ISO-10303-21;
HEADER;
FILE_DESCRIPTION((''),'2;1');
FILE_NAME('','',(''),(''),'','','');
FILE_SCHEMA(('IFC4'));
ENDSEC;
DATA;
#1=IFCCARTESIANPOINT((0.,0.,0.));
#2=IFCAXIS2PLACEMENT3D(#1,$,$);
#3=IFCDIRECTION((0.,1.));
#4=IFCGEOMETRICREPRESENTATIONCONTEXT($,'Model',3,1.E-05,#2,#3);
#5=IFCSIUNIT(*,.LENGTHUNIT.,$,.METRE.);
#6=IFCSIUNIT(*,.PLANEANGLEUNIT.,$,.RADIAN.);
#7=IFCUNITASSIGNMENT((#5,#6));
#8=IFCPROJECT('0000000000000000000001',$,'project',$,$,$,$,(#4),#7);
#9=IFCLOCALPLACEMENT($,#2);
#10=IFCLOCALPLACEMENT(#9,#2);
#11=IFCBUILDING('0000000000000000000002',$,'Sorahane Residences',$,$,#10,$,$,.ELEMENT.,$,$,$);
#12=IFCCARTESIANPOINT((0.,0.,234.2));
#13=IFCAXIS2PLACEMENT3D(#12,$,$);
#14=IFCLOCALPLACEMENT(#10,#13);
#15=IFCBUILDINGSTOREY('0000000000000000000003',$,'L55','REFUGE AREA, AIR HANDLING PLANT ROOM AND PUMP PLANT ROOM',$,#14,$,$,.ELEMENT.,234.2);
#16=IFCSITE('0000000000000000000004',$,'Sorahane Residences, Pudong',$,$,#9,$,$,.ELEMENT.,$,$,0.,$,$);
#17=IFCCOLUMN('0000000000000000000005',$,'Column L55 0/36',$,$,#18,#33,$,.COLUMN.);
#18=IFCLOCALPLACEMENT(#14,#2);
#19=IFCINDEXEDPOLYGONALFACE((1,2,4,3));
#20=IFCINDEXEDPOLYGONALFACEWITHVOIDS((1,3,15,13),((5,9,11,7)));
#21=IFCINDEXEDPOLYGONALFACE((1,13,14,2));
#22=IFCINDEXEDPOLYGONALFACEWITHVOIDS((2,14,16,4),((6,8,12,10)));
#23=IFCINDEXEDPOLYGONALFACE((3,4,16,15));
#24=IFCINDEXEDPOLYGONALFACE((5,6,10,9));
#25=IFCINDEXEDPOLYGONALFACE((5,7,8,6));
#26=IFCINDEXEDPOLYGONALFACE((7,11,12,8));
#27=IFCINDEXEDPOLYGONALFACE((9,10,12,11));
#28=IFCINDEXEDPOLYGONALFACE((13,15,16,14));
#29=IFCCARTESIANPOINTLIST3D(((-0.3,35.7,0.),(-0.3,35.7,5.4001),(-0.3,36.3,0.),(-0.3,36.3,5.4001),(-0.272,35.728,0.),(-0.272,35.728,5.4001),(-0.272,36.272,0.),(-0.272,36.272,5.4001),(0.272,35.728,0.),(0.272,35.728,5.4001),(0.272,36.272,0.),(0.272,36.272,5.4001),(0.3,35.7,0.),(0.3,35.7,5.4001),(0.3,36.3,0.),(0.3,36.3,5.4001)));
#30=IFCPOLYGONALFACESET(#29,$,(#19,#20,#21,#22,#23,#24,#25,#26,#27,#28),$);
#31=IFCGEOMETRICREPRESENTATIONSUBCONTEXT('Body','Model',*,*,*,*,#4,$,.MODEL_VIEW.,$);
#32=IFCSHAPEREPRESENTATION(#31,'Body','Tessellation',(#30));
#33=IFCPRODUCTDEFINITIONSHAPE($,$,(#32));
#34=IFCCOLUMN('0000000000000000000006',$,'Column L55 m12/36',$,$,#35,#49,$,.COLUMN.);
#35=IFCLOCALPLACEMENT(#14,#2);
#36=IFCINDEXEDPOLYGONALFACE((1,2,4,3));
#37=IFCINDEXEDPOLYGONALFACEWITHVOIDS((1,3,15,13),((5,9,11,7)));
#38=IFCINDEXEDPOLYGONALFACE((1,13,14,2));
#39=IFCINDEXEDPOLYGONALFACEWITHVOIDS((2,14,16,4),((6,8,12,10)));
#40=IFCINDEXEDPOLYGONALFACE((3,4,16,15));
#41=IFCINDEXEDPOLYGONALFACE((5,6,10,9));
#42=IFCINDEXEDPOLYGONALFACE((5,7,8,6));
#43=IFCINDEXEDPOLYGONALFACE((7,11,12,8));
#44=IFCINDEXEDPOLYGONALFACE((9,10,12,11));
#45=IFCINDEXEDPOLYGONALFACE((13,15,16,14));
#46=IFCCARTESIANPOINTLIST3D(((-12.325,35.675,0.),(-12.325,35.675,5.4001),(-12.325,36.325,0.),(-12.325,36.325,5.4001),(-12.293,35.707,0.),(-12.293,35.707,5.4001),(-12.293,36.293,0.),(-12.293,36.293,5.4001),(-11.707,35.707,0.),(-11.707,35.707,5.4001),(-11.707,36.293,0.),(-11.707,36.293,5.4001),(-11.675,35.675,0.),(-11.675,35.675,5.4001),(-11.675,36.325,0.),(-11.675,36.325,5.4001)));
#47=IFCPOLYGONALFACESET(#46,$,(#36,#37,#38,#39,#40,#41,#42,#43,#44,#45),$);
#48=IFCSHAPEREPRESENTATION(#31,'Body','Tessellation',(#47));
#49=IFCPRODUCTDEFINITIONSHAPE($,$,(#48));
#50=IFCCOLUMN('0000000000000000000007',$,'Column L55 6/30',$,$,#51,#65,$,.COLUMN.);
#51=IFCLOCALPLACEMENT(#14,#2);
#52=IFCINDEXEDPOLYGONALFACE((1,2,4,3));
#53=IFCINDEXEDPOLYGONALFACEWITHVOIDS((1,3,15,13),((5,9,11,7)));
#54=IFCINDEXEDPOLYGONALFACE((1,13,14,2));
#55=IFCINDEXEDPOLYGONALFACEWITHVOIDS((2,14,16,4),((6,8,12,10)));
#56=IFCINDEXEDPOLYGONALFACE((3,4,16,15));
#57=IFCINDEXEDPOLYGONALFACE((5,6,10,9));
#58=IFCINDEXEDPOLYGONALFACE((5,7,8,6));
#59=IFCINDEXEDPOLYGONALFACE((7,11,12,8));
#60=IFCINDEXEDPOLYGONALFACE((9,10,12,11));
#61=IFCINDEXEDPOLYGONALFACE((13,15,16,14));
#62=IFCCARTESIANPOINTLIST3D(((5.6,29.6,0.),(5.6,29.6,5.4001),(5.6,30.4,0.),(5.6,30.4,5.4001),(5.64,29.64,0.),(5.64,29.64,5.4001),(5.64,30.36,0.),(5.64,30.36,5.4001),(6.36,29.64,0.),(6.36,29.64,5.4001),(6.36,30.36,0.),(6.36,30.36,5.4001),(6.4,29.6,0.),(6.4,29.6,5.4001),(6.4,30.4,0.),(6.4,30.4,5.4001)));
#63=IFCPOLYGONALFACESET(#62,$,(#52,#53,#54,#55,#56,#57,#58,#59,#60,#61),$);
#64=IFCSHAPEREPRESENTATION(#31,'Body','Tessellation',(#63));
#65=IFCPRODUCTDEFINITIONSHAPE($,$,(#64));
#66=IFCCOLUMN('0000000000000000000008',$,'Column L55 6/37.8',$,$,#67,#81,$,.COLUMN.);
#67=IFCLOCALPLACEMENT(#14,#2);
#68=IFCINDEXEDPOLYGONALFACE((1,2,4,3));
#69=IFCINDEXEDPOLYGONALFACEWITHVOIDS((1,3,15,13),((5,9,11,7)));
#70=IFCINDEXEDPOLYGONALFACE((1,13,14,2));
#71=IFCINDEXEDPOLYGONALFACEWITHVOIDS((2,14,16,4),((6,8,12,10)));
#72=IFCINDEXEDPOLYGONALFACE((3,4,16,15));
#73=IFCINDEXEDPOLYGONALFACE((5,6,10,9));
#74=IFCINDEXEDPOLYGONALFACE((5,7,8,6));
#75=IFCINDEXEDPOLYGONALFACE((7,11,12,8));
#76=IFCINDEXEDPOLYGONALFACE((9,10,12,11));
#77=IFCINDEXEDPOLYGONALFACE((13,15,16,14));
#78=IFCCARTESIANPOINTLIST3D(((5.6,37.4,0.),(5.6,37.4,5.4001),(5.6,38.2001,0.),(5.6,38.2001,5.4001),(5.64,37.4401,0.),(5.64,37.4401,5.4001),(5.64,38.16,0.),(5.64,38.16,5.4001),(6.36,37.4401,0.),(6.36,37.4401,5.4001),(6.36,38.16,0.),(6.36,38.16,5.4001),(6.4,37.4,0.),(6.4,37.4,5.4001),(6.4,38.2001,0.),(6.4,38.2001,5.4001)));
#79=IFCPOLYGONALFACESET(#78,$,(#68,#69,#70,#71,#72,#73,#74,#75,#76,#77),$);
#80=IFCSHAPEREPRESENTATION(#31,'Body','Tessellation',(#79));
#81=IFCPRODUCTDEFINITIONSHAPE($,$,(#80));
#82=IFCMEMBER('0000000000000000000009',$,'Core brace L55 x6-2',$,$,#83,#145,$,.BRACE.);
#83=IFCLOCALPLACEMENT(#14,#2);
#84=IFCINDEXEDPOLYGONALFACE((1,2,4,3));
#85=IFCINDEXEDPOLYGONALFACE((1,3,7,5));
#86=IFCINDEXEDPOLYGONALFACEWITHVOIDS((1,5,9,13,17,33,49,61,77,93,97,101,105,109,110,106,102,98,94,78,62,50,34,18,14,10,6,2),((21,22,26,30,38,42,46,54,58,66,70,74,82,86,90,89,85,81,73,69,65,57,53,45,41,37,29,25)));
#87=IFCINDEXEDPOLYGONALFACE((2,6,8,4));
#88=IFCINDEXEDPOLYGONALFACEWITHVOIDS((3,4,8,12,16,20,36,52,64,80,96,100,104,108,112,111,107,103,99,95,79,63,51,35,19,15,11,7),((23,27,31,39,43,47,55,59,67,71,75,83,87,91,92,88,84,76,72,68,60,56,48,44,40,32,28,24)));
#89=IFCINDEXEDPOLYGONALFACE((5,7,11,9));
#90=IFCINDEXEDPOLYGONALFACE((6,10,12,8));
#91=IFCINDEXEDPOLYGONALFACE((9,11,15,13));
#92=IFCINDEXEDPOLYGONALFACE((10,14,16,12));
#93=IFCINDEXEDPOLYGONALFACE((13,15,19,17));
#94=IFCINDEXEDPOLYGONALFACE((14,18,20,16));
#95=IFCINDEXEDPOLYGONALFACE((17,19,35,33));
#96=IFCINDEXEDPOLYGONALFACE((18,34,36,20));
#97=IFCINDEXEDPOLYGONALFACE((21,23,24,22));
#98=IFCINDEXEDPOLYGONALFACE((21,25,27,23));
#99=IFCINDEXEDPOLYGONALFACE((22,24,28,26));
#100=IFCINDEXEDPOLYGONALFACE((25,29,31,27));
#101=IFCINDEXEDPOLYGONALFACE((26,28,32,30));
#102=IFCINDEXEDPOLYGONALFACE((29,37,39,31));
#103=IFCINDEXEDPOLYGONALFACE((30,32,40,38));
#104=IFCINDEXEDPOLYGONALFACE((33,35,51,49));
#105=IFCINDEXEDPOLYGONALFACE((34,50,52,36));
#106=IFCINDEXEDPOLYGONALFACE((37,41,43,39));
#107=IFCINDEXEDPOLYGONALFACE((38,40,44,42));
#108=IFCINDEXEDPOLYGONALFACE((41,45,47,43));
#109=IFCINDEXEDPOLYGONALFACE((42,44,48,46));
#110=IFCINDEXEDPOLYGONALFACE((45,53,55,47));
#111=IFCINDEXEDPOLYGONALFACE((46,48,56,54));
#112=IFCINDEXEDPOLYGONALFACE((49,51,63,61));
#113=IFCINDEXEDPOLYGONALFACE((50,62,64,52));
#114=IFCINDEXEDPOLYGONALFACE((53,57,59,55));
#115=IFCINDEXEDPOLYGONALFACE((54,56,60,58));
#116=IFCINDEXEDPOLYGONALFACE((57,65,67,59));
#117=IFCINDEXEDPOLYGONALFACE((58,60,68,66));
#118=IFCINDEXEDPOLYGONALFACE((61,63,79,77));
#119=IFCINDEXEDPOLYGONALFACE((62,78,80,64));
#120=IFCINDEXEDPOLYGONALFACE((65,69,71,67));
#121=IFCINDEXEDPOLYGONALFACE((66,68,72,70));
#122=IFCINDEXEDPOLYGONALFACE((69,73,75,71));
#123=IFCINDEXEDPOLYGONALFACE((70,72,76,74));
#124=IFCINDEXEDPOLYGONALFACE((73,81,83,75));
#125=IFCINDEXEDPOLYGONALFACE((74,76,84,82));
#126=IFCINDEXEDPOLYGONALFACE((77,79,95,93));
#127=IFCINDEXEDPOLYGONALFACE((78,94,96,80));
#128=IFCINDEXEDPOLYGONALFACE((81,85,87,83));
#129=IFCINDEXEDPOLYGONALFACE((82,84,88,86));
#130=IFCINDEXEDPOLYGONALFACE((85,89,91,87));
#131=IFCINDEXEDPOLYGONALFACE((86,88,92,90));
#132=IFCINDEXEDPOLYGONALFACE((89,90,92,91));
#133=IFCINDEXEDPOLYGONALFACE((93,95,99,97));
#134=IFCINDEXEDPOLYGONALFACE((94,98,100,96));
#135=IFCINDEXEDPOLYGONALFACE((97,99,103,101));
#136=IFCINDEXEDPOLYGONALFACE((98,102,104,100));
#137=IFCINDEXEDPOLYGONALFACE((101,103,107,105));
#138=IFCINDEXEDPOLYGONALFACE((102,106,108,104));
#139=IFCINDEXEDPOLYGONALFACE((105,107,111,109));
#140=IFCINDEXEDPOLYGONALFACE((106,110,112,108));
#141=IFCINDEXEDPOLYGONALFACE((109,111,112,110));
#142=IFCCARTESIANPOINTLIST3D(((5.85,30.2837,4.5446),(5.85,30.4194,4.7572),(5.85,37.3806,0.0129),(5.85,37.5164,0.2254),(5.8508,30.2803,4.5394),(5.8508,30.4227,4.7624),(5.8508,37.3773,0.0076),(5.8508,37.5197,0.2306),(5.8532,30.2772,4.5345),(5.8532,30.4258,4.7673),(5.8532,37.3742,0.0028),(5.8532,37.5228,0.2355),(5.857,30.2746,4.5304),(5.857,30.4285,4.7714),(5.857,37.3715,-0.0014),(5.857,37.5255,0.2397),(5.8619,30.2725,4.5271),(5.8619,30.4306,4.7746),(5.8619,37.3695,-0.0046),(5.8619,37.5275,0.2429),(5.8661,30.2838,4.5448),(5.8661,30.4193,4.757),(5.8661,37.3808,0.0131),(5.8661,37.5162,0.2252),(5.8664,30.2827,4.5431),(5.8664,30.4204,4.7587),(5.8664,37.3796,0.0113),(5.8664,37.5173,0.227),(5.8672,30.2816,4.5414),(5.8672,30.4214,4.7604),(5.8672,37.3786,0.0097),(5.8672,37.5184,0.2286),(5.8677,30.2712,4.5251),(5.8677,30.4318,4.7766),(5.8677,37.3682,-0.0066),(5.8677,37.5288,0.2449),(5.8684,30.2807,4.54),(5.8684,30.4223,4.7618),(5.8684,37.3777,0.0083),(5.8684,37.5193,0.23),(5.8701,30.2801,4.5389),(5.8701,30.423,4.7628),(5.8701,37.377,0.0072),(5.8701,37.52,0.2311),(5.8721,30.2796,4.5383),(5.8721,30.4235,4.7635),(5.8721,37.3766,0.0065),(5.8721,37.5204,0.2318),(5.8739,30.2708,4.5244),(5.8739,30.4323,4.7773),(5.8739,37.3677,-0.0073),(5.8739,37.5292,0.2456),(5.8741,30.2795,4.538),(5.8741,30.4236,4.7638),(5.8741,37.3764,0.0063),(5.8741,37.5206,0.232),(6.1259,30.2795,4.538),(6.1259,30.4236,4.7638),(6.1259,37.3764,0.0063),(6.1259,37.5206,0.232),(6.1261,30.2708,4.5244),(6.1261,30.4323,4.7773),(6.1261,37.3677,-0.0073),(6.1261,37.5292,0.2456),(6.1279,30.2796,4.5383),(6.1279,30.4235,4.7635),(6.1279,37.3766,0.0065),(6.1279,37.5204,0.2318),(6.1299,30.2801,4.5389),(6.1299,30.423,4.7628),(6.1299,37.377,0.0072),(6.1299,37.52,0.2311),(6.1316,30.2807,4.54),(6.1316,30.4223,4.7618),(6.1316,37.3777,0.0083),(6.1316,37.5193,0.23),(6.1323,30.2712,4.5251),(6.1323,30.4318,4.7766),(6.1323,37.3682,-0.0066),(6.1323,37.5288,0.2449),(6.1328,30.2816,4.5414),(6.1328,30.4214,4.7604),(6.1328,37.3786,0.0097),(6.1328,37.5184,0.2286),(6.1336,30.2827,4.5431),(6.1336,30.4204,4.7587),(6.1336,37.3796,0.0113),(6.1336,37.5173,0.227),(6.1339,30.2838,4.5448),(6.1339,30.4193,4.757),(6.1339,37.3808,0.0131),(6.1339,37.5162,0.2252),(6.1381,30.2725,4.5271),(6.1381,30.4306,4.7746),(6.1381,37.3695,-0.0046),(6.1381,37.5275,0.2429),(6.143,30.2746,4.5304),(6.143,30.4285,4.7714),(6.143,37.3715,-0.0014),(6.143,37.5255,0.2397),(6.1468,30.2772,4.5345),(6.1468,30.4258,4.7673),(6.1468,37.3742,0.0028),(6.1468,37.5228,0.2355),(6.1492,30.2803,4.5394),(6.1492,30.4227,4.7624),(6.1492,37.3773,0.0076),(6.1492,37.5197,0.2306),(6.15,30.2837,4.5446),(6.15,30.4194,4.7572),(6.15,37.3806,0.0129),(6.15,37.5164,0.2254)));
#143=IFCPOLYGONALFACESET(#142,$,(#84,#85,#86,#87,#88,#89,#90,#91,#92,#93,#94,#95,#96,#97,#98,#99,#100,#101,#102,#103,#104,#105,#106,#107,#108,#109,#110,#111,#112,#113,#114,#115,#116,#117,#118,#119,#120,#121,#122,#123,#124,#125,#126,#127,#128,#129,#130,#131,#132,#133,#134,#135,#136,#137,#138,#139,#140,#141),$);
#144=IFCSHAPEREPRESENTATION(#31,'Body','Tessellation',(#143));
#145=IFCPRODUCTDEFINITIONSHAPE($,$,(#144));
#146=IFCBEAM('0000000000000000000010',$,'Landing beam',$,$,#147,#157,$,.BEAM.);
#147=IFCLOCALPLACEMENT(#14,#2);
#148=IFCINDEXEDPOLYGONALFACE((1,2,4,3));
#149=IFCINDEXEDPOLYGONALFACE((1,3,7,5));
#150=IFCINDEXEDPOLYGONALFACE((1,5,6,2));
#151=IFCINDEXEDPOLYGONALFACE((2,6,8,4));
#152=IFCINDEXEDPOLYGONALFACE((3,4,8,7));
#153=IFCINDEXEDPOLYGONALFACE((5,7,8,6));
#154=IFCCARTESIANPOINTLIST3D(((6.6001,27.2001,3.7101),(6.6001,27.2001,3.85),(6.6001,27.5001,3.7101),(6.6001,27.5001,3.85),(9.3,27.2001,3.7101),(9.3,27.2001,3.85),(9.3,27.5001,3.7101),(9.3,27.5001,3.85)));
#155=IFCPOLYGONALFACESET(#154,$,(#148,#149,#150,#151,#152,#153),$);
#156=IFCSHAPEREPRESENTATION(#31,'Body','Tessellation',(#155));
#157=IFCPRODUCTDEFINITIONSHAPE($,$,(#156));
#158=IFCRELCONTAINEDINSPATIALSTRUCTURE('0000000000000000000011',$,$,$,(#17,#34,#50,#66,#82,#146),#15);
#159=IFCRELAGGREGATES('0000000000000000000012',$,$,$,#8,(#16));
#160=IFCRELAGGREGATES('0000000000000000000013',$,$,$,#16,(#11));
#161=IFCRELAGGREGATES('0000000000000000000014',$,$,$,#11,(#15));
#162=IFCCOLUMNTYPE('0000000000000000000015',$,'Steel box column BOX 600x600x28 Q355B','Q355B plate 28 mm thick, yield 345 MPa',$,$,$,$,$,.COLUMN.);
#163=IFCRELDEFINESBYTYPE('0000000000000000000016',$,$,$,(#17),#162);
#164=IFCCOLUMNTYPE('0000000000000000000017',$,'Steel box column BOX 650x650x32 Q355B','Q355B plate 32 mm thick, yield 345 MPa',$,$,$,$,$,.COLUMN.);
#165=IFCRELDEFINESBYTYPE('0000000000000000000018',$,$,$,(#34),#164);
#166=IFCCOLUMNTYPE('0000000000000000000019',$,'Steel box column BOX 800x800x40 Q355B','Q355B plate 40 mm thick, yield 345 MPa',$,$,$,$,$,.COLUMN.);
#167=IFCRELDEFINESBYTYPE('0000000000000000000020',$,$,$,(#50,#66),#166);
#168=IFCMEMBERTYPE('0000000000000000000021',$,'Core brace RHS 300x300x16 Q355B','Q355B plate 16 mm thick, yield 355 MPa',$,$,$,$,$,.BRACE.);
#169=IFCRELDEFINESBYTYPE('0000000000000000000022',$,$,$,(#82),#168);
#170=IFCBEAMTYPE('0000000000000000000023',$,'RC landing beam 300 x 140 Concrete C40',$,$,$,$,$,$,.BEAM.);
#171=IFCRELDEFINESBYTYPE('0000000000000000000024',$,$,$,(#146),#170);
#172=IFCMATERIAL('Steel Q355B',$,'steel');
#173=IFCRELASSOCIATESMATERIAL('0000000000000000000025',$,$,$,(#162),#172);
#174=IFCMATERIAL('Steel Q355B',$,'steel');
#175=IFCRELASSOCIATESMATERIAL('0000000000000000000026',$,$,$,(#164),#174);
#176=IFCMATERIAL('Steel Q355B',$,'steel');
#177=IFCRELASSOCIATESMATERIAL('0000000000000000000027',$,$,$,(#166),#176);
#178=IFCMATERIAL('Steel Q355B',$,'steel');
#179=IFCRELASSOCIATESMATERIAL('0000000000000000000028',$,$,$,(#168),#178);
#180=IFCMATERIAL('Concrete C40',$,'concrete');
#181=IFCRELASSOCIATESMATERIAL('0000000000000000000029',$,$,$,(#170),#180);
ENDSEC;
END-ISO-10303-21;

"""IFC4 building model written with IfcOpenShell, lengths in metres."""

from ifc_helpers import new_model, si_unit, direction, frame, origin, origin_2d, place, context, subcontext, project, spatial, rectangle, hollow_rectangle, extrude, material, material_profile, profile_set, type_object, element, save


model = new_model("IFC4")

# Units and contexts
model_context = context("Model", 3, precision=1e-05, world=origin(), true_north=direction((0.0, 1.0)))
body_context = subcontext(model_context, "Body", "Model", "MODEL_VIEW")
ifc_project = project(units=[si_unit("LENGTHUNIT", "METRE"), si_unit("PLANEANGLEUNIT", "RADIAN")], contexts=[model_context])

# Site, building, storey
site_placement = place(None, origin())
site = spatial("IfcSite", under=ifc_project, at=site_placement, Name="Sorahane Residences, Pudong", CompositionType="ELEMENT", RefElevation=0.0)
building_placement = place(site_placement, origin())
building = spatial("IfcBuilding", under=site, at=building_placement, Name="Sorahane Residences", CompositionType="ELEMENT")
storey_placement = place(building_placement, frame((0.0, 0.0, 234.2)))
storey = spatial("IfcBuildingStorey", under=building, at=storey_placement, Name="L55", Description="REFUGE AREA, AIR HANDLING PLANT ROOM AND PUMP PLANT ROOM", CompositionType="ELEMENT", Elevation=234.2)

# Columns
ifc_material_1 = material(Name="Steel Q355B", Category="steel")
ifc_material_profile_1 = material_profile(ifc_material_1, hollow_rectangle(XDim=0.6001, YDim=0.6001, WallThickness=0.0281, at=origin_2d()), Name="BOX 600x600x28")
ifc_profile_set_1 = profile_set([ifc_material_profile_1], Name="Steel Q355B")
column_type_1 = type_object("IfcColumnType", Name="Steel box column BOX 600x600x28 Q355B", Description="Q355B plate 28 mm thick, yield 345 MPa", PredefinedType="COLUMN", material=ifc_profile_set_1)
column_1_placement = place(storey_placement, frame((0.0, 36.0, 0.0), z_axis=(0.0, 0.0, 1.0), x_axis=(1.0, 0.0, 0.0)))
element("IfcColumn", 1, at=column_1_placement, inside=storey, type_object=column_type_1, Name="Column L55 0/36", PredefinedType="COLUMN", context=body_context, shape_type="SweptSolid", body=[
    extrude(hollow_rectangle(XDim=0.6001, YDim=0.6001, WallThickness=0.0281, at=origin_2d()), origin(), (0.0, 0.0, 1.0), 5.4001),
])
ifc_material_2 = material(Name="Steel Q355B", Category="steel")
ifc_material_profile_2 = material_profile(ifc_material_2, hollow_rectangle(XDim=0.6499, YDim=0.6499, WallThickness=0.032, at=origin_2d()), Name="BOX 650x650x32")
ifc_profile_set_2 = profile_set([ifc_material_profile_2], Name="Steel Q355B")
column_type_2 = type_object("IfcColumnType", Name="Steel box column BOX 650x650x32 Q355B", Description="Q355B plate 32 mm thick, yield 345 MPa", PredefinedType="COLUMN", material=ifc_profile_set_2)
column_2_placement = place(storey_placement, frame((-12.0, 36.0, 0.0), z_axis=(0.0, 0.0, 1.0), x_axis=(1.0, 0.0, 0.0)))
element("IfcColumn", 2, at=column_2_placement, inside=storey, type_object=column_type_2, Name="Column L55 m12/36", PredefinedType="COLUMN", context=body_context, shape_type="SweptSolid", body=[
    extrude(hollow_rectangle(XDim=0.6499, YDim=0.6499, WallThickness=0.032, at=origin_2d()), origin(), (0.0, 0.0, 1.0), 5.4001),
])
ifc_material_3 = material(Name="Steel Q355B", Category="steel")
ifc_material_profile_3 = material_profile(ifc_material_3, hollow_rectangle(XDim=0.8, YDim=0.8, WallThickness=0.04, at=origin_2d()), Name="BOX 800x800x40")
ifc_profile_set_3 = profile_set([ifc_material_profile_3], Name="Steel Q355B")
column_type_3 = type_object("IfcColumnType", Name="Steel box column BOX 800x800x40 Q355B", Description="Q355B plate 40 mm thick, yield 345 MPa", PredefinedType="COLUMN", material=ifc_profile_set_3)
for number, where, z_axis, x_axis, name in (
    (3, (6.0, 30.0, 0.0), (0.0, 0.0, 1.0), (1.0, 0.0, 0.0), "Column L55 6/30"),
    (4, (6.0, 37.8, 0.0), (0.0, 0.0, 1.0), (1.0, 0.0, 0.0), "Column L55 6/37.8"),
):
    element("IfcColumn", number, at=place(storey_placement, frame(where, z_axis=z_axis, x_axis=x_axis)), inside=storey, type_object=column_type_3, Name=name, PredefinedType="COLUMN", context=body_context, shape_type="SweptSolid", body=[
        extrude(hollow_rectangle(XDim=0.8, YDim=0.8, WallThickness=0.04, at=origin_2d()), origin(), (0.0, 0.0, 1.0), 5.4001),
    ])

# Member
ifc_material_4 = material(Name="Steel Q355B", Category="steel")
ifc_material_profile_4 = material_profile(ifc_material_4, hollow_rectangle(XDim=0.3, YDim=0.3, WallThickness=0.0161, InnerFilletRadius=0.0081, OuterFilletRadius=0.0239, at=origin_2d()), Name="RHS 300x300x16")
ifc_profile_set_4 = profile_set([ifc_material_profile_4], Name="Steel Q355B")
member_type = type_object("IfcMemberType", Name="Core brace RHS 300x300x16 Q355B", Description="Q355B plate 16 mm thick, yield 355 MPa", PredefinedType="BRACE", material=ifc_profile_set_4)
member_placement = place(storey_placement, frame((6.0, 37.4485, 0.1191), z_axis=(0.0, -0.842826, 0.538186), x_axis=(1.0, 0.0, 0.0)))
element("IfcMember", 5, at=member_placement, inside=storey, type_object=member_type, Name="Core brace L55 x6-2", PredefinedType="BRACE", context=body_context, shape_type="SweptSolid", body=[
    extrude(hollow_rectangle(XDim=0.3, YDim=0.3, WallThickness=0.0161, InnerFilletRadius=0.0081, OuterFilletRadius=0.0239, at=origin_2d()), origin(), (0.0, 0.0, 1.0), 8.4204),
])

# Beam
ifc_material_5 = material(Name="Concrete C40", Category="concrete")
ifc_material_profile_5 = material_profile(ifc_material_5, rectangle(XDim=0.3, YDim=0.1399, at=origin_2d()), Name="300x140")
ifc_profile_set_5 = profile_set([ifc_material_profile_5], Name="Concrete C40")
beam_type_1 = type_object("IfcBeamType", Name="RC landing beam 300 x 140 Concrete C40", PredefinedType="BEAM", material=ifc_profile_set_5)
beam_1_placement = place(storey_placement, frame((6.6001, 27.3501, 3.78), z_axis=(1.0, 0.0, 0.0), x_axis=(0.0, 1.0, 0.0)))
element("IfcBeam", 6, at=beam_1_placement, inside=storey, type_object=beam_type_1, Name="Landing beam", PredefinedType="BEAM", context=body_context, shape_type="SweptSolid", body=[
    extrude(rectangle(XDim=0.3, YDim=0.1399, at=origin_2d()), origin(), (0.0, 0.0, 1.0), 2.7),
])

save(model, "model.ifc")
